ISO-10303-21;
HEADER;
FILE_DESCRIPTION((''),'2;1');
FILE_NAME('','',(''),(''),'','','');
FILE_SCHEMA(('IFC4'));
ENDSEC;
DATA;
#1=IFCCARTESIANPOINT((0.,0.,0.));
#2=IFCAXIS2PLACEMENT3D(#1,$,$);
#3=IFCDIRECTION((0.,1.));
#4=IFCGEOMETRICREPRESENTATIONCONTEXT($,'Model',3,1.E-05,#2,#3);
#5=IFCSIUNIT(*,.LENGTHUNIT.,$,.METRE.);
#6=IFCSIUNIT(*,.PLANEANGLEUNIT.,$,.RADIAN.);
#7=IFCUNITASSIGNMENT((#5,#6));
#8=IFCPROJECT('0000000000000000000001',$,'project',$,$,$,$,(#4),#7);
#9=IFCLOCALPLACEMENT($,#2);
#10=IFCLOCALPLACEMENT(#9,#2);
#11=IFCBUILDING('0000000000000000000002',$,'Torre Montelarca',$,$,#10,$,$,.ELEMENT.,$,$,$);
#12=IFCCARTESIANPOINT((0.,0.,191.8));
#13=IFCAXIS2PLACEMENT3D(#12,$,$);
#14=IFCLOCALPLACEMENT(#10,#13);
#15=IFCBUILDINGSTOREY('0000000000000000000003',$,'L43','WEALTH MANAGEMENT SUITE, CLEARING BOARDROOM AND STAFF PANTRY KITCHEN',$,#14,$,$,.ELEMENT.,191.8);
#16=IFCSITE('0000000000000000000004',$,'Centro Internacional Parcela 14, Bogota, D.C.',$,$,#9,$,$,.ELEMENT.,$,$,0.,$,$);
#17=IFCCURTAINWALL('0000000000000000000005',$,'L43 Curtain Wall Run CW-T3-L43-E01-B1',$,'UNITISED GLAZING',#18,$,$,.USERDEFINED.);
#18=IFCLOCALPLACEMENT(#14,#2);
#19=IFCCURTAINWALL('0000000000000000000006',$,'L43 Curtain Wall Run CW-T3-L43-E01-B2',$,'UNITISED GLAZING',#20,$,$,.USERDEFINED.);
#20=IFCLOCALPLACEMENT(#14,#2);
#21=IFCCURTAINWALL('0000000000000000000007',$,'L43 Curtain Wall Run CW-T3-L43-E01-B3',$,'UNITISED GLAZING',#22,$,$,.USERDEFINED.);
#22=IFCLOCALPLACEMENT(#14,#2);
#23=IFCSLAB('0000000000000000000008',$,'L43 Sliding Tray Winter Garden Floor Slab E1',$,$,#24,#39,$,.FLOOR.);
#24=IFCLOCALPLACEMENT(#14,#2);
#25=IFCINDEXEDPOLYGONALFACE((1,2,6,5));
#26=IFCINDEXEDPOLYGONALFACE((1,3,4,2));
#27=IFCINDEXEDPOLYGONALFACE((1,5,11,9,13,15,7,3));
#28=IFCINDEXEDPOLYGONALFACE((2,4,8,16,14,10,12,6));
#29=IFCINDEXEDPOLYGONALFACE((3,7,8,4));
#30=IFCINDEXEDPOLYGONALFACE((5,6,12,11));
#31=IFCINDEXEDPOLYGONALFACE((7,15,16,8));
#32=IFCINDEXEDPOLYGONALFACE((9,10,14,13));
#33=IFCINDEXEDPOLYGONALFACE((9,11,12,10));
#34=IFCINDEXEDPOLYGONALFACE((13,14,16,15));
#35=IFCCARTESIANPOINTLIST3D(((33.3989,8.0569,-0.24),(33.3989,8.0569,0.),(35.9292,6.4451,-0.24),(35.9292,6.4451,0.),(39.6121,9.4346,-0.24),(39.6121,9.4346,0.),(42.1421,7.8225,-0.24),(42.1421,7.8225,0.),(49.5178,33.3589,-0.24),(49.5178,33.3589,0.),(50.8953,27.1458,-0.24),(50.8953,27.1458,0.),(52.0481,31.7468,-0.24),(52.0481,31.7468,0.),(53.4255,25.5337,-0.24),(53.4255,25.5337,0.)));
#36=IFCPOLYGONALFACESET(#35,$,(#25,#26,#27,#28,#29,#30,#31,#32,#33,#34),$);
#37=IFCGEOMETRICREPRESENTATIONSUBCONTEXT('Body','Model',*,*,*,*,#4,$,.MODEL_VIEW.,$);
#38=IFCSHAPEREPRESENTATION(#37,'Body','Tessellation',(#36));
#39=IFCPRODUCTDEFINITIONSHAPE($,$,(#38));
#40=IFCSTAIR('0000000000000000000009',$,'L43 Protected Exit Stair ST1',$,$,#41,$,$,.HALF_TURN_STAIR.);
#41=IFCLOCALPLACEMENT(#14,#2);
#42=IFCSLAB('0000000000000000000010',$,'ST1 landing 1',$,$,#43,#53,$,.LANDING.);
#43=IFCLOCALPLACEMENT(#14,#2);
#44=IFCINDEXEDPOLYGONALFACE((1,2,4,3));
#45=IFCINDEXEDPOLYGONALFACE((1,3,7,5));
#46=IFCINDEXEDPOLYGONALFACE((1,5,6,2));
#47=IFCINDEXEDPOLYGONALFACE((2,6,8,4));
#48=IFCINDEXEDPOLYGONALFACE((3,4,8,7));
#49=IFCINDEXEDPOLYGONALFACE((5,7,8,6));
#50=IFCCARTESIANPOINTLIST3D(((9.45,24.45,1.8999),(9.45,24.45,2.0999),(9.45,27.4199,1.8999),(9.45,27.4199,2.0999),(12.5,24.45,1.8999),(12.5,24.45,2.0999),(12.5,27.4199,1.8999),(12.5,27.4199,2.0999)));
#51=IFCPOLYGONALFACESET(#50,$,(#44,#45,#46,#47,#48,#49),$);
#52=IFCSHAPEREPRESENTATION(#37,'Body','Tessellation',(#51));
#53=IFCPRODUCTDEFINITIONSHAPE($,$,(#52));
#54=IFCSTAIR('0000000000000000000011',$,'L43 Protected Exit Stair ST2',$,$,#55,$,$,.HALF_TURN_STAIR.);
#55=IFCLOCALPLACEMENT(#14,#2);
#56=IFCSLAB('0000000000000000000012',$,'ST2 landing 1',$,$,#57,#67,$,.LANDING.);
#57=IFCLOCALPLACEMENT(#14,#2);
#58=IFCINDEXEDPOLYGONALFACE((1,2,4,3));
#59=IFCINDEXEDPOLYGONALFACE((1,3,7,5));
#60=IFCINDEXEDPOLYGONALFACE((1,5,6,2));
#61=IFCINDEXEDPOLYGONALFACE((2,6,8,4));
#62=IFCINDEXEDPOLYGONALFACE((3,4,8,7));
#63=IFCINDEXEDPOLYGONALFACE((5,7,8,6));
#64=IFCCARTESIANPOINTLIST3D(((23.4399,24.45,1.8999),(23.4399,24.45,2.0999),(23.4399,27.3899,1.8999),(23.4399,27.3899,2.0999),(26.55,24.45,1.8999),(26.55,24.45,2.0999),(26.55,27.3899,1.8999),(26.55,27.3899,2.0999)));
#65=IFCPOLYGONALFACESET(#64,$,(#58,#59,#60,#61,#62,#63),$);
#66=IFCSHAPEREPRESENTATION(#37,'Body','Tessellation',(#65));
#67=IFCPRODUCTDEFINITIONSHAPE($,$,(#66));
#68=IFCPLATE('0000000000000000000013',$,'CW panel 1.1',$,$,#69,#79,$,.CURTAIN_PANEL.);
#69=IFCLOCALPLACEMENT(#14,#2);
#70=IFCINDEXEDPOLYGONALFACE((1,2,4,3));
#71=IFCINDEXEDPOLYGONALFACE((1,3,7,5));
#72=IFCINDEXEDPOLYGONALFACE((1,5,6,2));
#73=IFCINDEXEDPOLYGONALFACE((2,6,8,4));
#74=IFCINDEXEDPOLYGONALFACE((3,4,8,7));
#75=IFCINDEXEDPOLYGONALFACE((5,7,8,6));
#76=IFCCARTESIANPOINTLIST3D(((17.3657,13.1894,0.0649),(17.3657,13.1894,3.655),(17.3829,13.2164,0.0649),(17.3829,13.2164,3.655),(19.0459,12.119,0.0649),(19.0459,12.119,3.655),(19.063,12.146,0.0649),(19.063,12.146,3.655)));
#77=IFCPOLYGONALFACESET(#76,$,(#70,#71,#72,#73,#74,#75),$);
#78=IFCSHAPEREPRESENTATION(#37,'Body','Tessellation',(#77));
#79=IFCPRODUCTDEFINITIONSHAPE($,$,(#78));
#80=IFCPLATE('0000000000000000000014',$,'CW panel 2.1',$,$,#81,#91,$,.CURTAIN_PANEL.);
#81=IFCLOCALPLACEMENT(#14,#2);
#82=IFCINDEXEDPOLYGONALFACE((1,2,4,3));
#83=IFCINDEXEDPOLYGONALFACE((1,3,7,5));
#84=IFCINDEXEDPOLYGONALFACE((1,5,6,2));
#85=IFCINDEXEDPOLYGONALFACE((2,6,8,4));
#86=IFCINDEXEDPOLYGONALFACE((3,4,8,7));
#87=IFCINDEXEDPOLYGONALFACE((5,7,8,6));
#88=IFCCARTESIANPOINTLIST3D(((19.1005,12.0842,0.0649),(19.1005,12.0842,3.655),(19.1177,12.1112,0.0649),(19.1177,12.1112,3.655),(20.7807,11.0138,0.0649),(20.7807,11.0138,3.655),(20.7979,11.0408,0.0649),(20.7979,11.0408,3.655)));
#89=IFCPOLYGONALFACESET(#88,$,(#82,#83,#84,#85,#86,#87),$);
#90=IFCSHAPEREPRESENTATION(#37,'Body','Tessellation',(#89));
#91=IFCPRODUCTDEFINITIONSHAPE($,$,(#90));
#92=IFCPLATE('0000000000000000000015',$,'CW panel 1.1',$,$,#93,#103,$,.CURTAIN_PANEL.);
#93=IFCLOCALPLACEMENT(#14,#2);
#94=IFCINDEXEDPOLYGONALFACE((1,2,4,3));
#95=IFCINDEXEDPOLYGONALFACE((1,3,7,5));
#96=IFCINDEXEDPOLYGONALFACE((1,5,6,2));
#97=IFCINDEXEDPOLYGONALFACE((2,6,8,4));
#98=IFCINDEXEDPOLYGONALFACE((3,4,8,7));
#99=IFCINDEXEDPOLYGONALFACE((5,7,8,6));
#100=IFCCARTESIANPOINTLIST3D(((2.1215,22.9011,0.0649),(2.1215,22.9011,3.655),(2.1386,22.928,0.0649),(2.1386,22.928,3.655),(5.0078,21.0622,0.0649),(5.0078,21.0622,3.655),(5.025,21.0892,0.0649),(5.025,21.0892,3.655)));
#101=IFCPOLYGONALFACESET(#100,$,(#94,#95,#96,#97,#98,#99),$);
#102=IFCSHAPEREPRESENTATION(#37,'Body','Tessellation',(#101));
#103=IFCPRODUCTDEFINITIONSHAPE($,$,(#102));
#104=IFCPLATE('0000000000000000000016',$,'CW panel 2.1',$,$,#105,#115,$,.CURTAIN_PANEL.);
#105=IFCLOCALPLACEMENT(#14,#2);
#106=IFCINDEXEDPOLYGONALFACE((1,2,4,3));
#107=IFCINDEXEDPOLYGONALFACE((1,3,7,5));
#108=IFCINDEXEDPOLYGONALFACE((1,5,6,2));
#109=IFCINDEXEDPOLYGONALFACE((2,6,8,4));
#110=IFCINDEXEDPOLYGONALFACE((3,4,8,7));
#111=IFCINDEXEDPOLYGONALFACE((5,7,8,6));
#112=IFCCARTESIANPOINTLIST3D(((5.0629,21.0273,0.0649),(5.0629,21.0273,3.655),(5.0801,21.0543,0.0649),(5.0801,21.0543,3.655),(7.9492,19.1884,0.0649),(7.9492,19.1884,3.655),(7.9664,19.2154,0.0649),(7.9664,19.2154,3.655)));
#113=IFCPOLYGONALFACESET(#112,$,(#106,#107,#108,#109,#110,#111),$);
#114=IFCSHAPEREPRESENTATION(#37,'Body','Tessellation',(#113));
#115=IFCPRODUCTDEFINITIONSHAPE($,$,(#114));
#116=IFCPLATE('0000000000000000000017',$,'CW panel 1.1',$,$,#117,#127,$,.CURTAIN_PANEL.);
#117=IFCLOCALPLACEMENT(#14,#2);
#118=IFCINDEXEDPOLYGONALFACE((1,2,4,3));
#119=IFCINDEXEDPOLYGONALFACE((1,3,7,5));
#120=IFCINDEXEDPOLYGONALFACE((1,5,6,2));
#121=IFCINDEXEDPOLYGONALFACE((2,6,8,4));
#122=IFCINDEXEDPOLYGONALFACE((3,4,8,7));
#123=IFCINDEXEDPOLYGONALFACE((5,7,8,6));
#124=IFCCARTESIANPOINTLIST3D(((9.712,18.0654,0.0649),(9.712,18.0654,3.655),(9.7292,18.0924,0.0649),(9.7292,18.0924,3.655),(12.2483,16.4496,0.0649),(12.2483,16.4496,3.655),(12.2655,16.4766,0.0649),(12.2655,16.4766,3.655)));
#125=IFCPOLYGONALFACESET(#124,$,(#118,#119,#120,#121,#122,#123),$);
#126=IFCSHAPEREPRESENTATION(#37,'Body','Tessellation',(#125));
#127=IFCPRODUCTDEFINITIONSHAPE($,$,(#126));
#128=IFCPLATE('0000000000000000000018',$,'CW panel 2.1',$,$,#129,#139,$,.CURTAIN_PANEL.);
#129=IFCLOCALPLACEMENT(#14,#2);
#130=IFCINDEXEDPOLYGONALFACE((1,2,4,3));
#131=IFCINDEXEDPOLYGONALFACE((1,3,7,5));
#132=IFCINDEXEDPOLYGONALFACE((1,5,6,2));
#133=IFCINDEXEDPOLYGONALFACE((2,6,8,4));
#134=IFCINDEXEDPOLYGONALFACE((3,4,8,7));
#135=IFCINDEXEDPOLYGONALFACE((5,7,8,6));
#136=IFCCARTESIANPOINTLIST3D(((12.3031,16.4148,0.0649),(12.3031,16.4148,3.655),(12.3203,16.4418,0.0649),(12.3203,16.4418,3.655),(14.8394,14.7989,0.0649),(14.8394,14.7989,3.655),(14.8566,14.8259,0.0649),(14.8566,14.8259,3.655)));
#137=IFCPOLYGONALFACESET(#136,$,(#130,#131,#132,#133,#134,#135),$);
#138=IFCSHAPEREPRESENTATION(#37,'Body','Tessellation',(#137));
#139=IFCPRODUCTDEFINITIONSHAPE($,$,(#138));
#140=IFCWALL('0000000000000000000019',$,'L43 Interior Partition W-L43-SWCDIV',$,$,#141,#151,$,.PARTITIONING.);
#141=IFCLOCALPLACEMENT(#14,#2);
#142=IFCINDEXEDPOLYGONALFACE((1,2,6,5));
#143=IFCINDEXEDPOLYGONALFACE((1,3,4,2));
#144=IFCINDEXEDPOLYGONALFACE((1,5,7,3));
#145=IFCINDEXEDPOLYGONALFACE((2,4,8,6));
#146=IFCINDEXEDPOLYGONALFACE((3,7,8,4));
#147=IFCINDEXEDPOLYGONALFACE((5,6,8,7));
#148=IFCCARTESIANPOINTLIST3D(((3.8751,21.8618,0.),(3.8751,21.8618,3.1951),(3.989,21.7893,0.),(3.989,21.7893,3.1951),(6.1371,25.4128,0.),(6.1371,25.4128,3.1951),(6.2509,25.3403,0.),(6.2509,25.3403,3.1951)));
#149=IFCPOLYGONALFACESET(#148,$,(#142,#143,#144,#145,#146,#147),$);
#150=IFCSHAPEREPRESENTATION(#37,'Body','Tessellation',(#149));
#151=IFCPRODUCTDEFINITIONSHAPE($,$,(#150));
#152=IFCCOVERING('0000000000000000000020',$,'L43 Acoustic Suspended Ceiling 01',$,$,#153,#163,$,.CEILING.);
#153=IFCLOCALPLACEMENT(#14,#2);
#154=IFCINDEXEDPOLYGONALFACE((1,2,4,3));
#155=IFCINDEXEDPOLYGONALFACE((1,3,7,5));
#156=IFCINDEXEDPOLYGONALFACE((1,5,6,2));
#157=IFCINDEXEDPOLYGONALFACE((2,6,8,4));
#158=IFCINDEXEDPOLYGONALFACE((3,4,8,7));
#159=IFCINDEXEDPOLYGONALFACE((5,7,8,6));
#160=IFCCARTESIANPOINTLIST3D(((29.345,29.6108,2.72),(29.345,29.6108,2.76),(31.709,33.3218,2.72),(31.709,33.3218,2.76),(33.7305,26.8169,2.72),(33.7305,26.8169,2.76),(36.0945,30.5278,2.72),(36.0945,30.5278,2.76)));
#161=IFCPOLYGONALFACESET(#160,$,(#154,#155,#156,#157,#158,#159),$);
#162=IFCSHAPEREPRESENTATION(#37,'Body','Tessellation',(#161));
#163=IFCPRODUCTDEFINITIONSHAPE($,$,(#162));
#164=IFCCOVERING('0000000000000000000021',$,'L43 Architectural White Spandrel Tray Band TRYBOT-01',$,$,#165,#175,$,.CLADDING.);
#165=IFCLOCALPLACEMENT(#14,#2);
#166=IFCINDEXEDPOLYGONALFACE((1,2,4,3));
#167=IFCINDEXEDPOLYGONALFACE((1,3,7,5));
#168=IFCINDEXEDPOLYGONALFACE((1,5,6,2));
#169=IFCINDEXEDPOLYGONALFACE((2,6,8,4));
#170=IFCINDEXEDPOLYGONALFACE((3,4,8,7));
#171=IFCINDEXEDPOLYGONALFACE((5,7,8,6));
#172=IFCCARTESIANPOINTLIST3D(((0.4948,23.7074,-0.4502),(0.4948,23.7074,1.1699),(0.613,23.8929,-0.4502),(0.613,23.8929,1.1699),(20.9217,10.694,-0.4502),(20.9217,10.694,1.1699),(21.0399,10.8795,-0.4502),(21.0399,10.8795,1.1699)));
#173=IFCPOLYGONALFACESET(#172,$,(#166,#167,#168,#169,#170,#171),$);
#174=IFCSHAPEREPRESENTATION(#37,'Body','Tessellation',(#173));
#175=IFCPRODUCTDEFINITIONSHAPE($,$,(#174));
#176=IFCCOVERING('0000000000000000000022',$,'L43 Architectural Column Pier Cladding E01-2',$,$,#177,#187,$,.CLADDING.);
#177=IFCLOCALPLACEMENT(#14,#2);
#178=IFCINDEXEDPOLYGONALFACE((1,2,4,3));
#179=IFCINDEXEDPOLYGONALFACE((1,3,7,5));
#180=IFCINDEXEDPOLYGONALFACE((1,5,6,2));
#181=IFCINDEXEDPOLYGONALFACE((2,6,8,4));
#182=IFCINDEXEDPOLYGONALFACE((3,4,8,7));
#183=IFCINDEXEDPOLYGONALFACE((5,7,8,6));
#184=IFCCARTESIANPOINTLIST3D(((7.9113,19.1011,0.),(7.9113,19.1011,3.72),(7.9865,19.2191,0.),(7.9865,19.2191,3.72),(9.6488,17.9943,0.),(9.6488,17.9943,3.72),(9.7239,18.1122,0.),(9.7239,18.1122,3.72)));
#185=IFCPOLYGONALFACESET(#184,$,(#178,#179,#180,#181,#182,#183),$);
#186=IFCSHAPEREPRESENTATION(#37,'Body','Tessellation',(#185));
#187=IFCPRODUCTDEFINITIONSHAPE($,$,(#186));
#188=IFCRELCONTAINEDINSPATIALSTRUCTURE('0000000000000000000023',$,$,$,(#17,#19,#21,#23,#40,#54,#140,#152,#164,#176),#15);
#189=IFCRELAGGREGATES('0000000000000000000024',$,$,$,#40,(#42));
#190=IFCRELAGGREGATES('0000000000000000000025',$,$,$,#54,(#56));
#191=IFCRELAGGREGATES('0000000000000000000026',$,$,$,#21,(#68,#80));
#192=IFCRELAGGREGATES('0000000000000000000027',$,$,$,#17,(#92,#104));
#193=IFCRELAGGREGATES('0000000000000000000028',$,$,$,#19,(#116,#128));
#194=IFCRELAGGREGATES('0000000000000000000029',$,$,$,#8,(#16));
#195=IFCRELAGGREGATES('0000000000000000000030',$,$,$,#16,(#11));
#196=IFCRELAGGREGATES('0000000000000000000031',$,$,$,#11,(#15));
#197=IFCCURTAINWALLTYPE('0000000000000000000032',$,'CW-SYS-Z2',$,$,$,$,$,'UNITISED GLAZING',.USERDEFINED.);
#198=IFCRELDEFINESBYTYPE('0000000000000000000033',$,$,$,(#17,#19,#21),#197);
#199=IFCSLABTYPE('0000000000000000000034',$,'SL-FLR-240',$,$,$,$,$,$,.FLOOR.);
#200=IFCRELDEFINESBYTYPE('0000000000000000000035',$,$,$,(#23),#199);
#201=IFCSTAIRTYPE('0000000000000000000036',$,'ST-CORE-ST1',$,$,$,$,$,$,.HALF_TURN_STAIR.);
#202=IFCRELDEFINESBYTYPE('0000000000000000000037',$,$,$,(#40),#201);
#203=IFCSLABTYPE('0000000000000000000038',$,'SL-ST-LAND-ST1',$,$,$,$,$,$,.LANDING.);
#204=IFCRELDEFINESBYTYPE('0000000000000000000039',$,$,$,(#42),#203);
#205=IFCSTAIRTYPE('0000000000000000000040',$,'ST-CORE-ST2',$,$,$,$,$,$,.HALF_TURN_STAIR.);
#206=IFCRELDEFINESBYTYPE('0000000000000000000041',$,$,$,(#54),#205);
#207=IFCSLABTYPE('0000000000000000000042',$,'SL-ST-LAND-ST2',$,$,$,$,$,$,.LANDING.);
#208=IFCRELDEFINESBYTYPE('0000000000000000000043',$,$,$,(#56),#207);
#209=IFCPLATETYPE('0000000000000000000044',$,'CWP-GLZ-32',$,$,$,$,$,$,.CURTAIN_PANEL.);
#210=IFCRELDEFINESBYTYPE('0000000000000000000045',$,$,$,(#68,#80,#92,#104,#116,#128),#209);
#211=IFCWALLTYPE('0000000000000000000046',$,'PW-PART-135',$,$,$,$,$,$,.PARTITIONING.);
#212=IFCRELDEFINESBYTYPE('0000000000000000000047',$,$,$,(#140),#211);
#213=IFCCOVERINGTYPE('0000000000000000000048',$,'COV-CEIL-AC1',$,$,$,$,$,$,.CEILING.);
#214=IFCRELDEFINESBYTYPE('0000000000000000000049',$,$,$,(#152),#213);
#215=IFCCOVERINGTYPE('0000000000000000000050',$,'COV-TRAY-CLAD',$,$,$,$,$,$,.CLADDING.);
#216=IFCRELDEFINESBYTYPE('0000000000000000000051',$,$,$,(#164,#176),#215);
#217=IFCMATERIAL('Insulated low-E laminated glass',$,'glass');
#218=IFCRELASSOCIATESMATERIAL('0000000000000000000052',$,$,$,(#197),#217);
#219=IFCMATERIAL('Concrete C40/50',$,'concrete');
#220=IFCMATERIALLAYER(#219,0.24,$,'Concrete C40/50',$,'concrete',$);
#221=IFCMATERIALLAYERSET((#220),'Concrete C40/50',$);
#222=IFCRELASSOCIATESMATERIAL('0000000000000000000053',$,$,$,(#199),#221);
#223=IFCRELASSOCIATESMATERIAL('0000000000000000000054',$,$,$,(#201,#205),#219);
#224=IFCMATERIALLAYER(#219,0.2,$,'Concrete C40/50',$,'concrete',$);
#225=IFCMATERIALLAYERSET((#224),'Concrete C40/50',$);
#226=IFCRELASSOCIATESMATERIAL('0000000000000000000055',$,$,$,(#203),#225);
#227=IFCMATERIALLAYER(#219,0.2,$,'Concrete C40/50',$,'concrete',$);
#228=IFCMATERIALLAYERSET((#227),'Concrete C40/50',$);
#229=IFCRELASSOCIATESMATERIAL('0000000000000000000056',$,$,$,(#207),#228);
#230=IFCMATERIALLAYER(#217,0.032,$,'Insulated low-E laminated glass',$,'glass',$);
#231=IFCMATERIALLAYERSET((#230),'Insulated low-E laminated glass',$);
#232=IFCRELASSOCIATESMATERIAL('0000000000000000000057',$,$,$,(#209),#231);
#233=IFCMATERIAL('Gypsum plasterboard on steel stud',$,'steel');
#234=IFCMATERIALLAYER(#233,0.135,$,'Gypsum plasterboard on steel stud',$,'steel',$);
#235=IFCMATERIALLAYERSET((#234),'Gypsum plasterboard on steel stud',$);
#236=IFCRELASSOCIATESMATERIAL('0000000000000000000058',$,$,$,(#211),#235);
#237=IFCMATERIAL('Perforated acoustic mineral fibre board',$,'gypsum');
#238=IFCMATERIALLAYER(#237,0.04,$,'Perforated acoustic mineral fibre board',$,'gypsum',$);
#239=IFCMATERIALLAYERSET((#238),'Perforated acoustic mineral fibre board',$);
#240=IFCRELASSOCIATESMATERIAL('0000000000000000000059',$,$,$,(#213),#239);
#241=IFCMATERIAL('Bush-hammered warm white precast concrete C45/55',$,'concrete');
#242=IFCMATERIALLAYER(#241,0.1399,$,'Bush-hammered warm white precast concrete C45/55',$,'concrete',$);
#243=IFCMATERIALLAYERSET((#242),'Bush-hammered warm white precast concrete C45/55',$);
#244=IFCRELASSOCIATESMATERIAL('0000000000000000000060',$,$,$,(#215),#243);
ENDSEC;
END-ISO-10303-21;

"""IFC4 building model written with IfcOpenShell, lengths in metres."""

from ifc_helpers import new_model, si_unit, direction, frame, frame_2d, origin, origin_2d, place, context, subcontext, project, spatial, polyline, rectangle, outline, extrude, source, transform, mapped, material, layer, layer_set, type_object, element, aggregate, save


model = new_model("IFC4")

# Units and contexts
model_context = context("Model", 3, precision=1e-05, world=origin(), true_north=direction((0.0, 1.0)))
body_context = subcontext(model_context, "Body", "Model", "MODEL_VIEW")
ifc_project = project(units=[si_unit("LENGTHUNIT", "METRE"), si_unit("PLANEANGLEUNIT", "RADIAN")], contexts=[model_context])

# Site, building, storey
site_placement = place(None, origin())
site = spatial("IfcSite", under=ifc_project, at=site_placement, Name="Centro Internacional Parcela 14, Bogota, D.C.", CompositionType="ELEMENT", RefElevation=0.0)
building_placement = place(site_placement, origin())
building = spatial("IfcBuilding", under=site, at=building_placement, Name="Torre Montelarca", CompositionType="ELEMENT")
storey_placement = place(building_placement, frame((0.0, 0.0, 191.8)))
storey = spatial("IfcBuildingStorey", under=building, at=storey_placement, Name="L43", Description="WEALTH MANAGEMENT SUITE, CLEARING BOARDROOM AND STAFF PANTRY KITCHEN", CompositionType="ELEMENT", Elevation=191.8)

# Curtain walls
ifc_material_1 = material(Name="Insulated low-E laminated glass", Category="glass")
curtain_wall_type = type_object("IfcCurtainWallType", Name="CW-SYS-Z2", ElementType="UNITISED GLAZING", PredefinedType="USERDEFINED", material=ifc_material_1)
curtain_wall_1_placement = place(storey_placement, origin())
curtain_wall_1 = element("IfcCurtainWall", 1, at=curtain_wall_1_placement, inside=storey, type_object=curtain_wall_type, Name="L43 Curtain Wall Run CW-T3-L43-E01-B1", ObjectType="UNITISED GLAZING", PredefinedType="USERDEFINED")
curtain_wall_2_placement = place(storey_placement, origin())
curtain_wall_2 = element("IfcCurtainWall", 2, at=curtain_wall_2_placement, inside=storey, type_object=curtain_wall_type, Name="L43 Curtain Wall Run CW-T3-L43-E01-B2", ObjectType="UNITISED GLAZING", PredefinedType="USERDEFINED")
curtain_wall_3_placement = place(storey_placement, origin())
curtain_wall_3 = element("IfcCurtainWall", 3, at=curtain_wall_3_placement, inside=storey, type_object=curtain_wall_type, Name="L43 Curtain Wall Run CW-T3-L43-E01-B3", ObjectType="UNITISED GLAZING", PredefinedType="USERDEFINED")

# Slab
ifc_material_2 = material(Name="Concrete C40/50", Category="concrete")
ifc_layer_1 = layer(ifc_material_2, 0.24, Name="Concrete C40/50", Category="concrete")
ifc_layer_set_1 = layer_set([ifc_layer_1], Name="Concrete C40/50")
slab_type_1 = type_object("IfcSlabType", Name="SL-FLR-240", PredefinedType="FLOOR", material=ifc_layer_set_1)
slab_1_placement = place(storey_placement, frame((0.0, 0.0, -0.24)))
element("IfcSlab", 4, at=slab_1_placement, inside=storey, type_object=slab_type_1, Name="L43 Sliding Tray Winter Garden Floor Slab E1", PredefinedType="FLOOR", context=body_context, shape_type="SweptSolid", body=[
    extrude(outline(polyline([(49.5178, 33.3589), (50.8953, 27.1458), (39.6121, 9.4346), (33.3989, 8.0569), (35.9292, 6.4451), (42.1421, 7.8225), (53.4255, 25.5337), (52.0481, 31.7468), (49.5178, 33.3589)])), origin(), (0.0, 0.0, 1.0), 0.24),
])

# Stairs, slabs
stair_type_1 = type_object("IfcStairType", Name="ST-CORE-ST1", PredefinedType="HALF_TURN_STAIR", material=ifc_material_2)
stair_1_placement = place(storey_placement, origin())
stair_1 = element("IfcStair", 5, at=stair_1_placement, inside=storey, type_object=stair_type_1, Name="L43 Protected Exit Stair ST1", PredefinedType="HALF_TURN_STAIR")
ifc_layer_2 = layer(ifc_material_2, 0.2, Name="Concrete C40/50", Category="concrete")
ifc_layer_set_2 = layer_set([ifc_layer_2], Name="Concrete C40/50")
slab_type_2 = type_object("IfcSlabType", Name="SL-ST-LAND-ST1", PredefinedType="LANDING", material=ifc_layer_set_2)
slab_2_placement = place(storey_placement, frame((0.0, 0.0, 1.8999)))
slab_2 = element("IfcSlab", 6, at=slab_2_placement, type_object=slab_type_2, Name="ST1 landing 1", PredefinedType="LANDING", context=body_context, shape_type="SweptSolid", body=[
    extrude(outline(polyline([(9.45, 27.4199), (9.45, 24.45), (12.5, 24.45), (12.5, 27.4199), (9.45, 27.4199)])), origin(), (0.0, 0.0, 1.0), 0.2),
])
aggregate(stair_1, [slab_2])
stair_type_2 = type_object("IfcStairType", Name="ST-CORE-ST2", PredefinedType="HALF_TURN_STAIR", material=ifc_material_2)
stair_2_placement = place(storey_placement, origin())
stair_2 = element("IfcStair", 7, at=stair_2_placement, inside=storey, type_object=stair_type_2, Name="L43 Protected Exit Stair ST2", PredefinedType="HALF_TURN_STAIR")
ifc_layer_3 = layer(ifc_material_2, 0.2, Name="Concrete C40/50", Category="concrete")
ifc_layer_set_3 = layer_set([ifc_layer_3], Name="Concrete C40/50")
slab_type_3 = type_object("IfcSlabType", Name="SL-ST-LAND-ST2", PredefinedType="LANDING", material=ifc_layer_set_3)
slab_3_placement = place(storey_placement, frame((0.0, 0.0, 1.8999)))
slab_3 = element("IfcSlab", 8, at=slab_3_placement, type_object=slab_type_3, Name="ST2 landing 1", PredefinedType="LANDING", context=body_context, shape_type="SweptSolid", body=[
    extrude(outline(polyline([(23.4399, 27.3899), (23.4399, 24.45), (26.55, 24.45), (26.55, 27.3899), (23.4399, 27.3899)])), origin(), (0.0, 0.0, 1.0), 0.2),
])
aggregate(stair_2, [slab_3])

# Plates
ifc_layer_4 = layer(ifc_material_1, 0.032, Name="Insulated low-E laminated glass", Category="glass")
ifc_layer_set_4 = layer_set([ifc_layer_4], Name="Insulated low-E laminated glass")
plate_type = type_object("IfcPlateType", Name="CWP-GLZ-32", PredefinedType="CURTAIN_PANEL", material=ifc_layer_set_4)
shared_shape_1 = source(origin(), body_context, "Body", "SweptSolid", [
    extrude(rectangle(XDim=1.9922, YDim=0.032, at=origin_2d()), origin(), (0.0, 0.0, 1.0), 3.5901),
])
plate_1_placement = place(storey_placement, frame((18.2144, 12.6677, 0.0649), z_axis=(0.0, 0.0, 1.0), x_axis=(0.843389, -0.537303, 0.0)))
plate_1 = element("IfcPlate", 9, at=plate_1_placement, type_object=plate_type, Name="CW panel 1.1", PredefinedType="CURTAIN_PANEL", context=body_context, shape_type="MappedRepresentation", body=[
    mapped(shared_shape_1, transform((0.0, 0.0, 0.0), scale=1.0)),
])
plate_2_placement = place(storey_placement, frame((19.9492, 11.5625, 0.0649), z_axis=(0.0, 0.0, 1.0), x_axis=(0.843389, -0.537303, 0.0)))
plate_2 = element("IfcPlate", 10, at=plate_2_placement, type_object=plate_type, Name="CW panel 2.1", PredefinedType="CURTAIN_PANEL", context=body_context, shape_type="MappedRepresentation", body=[
    mapped(shared_shape_1, transform((0.0, 0.0, 0.0), scale=1.0)),
])
aggregate(curtain_wall_3, [plate_1, plate_2])
shared_shape_2 = source(origin(), body_context, "Body", "SweptSolid", [
    extrude(rectangle(XDim=3.4224, YDim=0.032, at=origin_2d()), origin(), (0.0, 0.0, 1.0), 3.5901),
])
plate_3_placement = place(storey_placement, frame((3.5732, 21.9951, 0.0649), z_axis=(0.0, 0.0, 1.0), x_axis=(0.843388, -0.537306, 0.0)))
plate_3 = element("IfcPlate", 11, at=plate_3_placement, type_object=plate_type, Name="CW panel 1.1", PredefinedType="CURTAIN_PANEL", context=body_context, shape_type="MappedRepresentation", body=[
    mapped(shared_shape_2, transform((0.0, 0.0, 0.0), scale=1.0)),
])
plate_4_placement = place(storey_placement, frame((6.5146, 20.1213, 0.0649), z_axis=(0.0, 0.0, 1.0), x_axis=(0.843388, -0.537306, 0.0)))
plate_4 = element("IfcPlate", 12, at=plate_4_placement, type_object=plate_type, Name="CW panel 2.1", PredefinedType="CURTAIN_PANEL", context=body_context, shape_type="MappedRepresentation", body=[
    mapped(shared_shape_2, transform((0.0, 0.0, 0.0), scale=1.0)),
])
aggregate(curtain_wall_1, [plate_3, plate_4])
shared_shape_3 = source(origin(), body_context, "Body", "SweptSolid", [
    extrude(rectangle(XDim=3.0073, YDim=0.032, at=origin_2d()), origin(), (0.0, 0.0, 1.0), 3.5901),
])
plate_5_placement = place(storey_placement, frame((10.9888, 17.271, 0.0649), z_axis=(0.0, 0.0, 1.0), x_axis=(0.843387, -0.537307, 0.0)))
plate_5 = element("IfcPlate", 13, at=plate_5_placement, type_object=plate_type, Name="CW panel 1.1", PredefinedType="CURTAIN_PANEL", context=body_context, shape_type="MappedRepresentation", body=[
    mapped(shared_shape_3, transform((0.0, 0.0, 0.0), scale=1.0)),
])
plate_6_placement = place(storey_placement, frame((13.5798, 15.6204, 0.0649), z_axis=(0.0, 0.0, 1.0), x_axis=(0.843387, -0.537307, 0.0)))
plate_6 = element("IfcPlate", 14, at=plate_6_placement, type_object=plate_type, Name="CW panel 2.1", PredefinedType="CURTAIN_PANEL", context=body_context, shape_type="MappedRepresentation", body=[
    mapped(shared_shape_3, transform((0.0, 0.0, 0.0), scale=1.0)),
])
aggregate(curtain_wall_2, [plate_5, plate_6])

# Wall
ifc_material_3 = material(Name="Gypsum plasterboard on steel stud", Category="steel")
ifc_layer_5 = layer(ifc_material_3, 0.135, Name="Gypsum plasterboard on steel stud", Category="steel")
ifc_layer_set_5 = layer_set([ifc_layer_5], Name="Gypsum plasterboard on steel stud")
wall_type = type_object("IfcWallType", Name="PW-PART-135", PredefinedType="PARTITIONING", material=ifc_layer_set_5)
wall_placement = place(storey_placement, frame((3.9321, 21.8257, 0.0), z_axis=(0.0, 0.0, 1.0), x_axis=(0.537251, 0.843423, 0.0)))
element("IfcWall", 15, at=wall_placement, inside=storey, type_object=wall_type, Name="L43 Interior Partition W-L43-SWCDIV", PredefinedType="PARTITIONING", context=body_context, shape_type="SweptSolid", body=[
    extrude(rectangle(XDim=4.2102, YDim=0.135, at=frame_2d((2.105, 0.0))), origin(), (0.0, 0.0, 1.0), 3.1951),
])

# Coverings
ifc_material_4 = material(Name="Perforated acoustic mineral fibre board", Category="gypsum")
ifc_layer_6 = layer(ifc_material_4, 0.04, Name="Perforated acoustic mineral fibre board", Category="gypsum")
ifc_layer_set_6 = layer_set([ifc_layer_6], Name="Perforated acoustic mineral fibre board")
covering_type_1 = type_object("IfcCoveringType", Name="COV-CEIL-AC1", PredefinedType="CEILING", material=ifc_layer_set_6)
covering_1_placement = place(storey_placement, frame((0.0, 0.0, 2.72)))
element("IfcCovering", 16, at=covering_1_placement, inside=storey, type_object=covering_type_1, Name="L43 Acoustic Suspended Ceiling 01", PredefinedType="CEILING", context=body_context, shape_type="SweptSolid", body=[
    extrude(outline(polyline([(29.345, 29.6108), (33.7305, 26.8169), (36.0945, 30.5278), (31.709, 33.3218), (29.345, 29.6108)])), origin(), (0.0, 0.0, 1.0), 0.04),
])
ifc_material_5 = material(Name="Bush-hammered warm white precast concrete C45/55", Category="concrete")
ifc_layer_7 = layer(ifc_material_5, 0.1399, Name="Bush-hammered warm white precast concrete C45/55", Category="concrete")
ifc_layer_set_7 = layer_set([ifc_layer_7], Name="Bush-hammered warm white precast concrete C45/55")
covering_type_2 = type_object("IfcCoveringType", Name="COV-TRAY-CLAD", PredefinedType="CLADDING", material=ifc_layer_set_7)
shared_shape_4 = source(origin(), body_context, "Body", "SweptSolid", [
    extrude(rectangle(XDim=24.22, YDim=0.22, at=origin_2d()), origin(), (0.0, 0.0, 1.0), 1.6201),
])
covering_2_placement = place(storey_placement, frame((10.7673, 17.2935, -0.4502), z_axis=(0.0, 0.0, 1.0), x_axis=(0.843391, -0.5373, 0.0)))
element("IfcCovering", 17, at=covering_2_placement, inside=storey, type_object=covering_type_2, Name="L43 Architectural White Spandrel Tray Band TRYBOT-01", PredefinedType="CLADDING", context=body_context, shape_type="MappedRepresentation", body=[
    mapped(shared_shape_4, transform((0.0, 0.0, 0.0), scale=1.0)),
])
shared_shape_5 = source(origin(), body_context, "Body", "SweptSolid", [
    extrude(rectangle(XDim=2.0601, YDim=0.1399, at=origin_2d()), origin(), (0.0, 0.0, 1.0), 3.72),
])
covering_3_placement = place(storey_placement, frame((8.8176, 18.6067, 0.0), z_axis=(0.0, 0.0, 1.0), x_axis=(0.84339, -0.537303, 0.0)))
element("IfcCovering", 18, at=covering_3_placement, inside=storey, type_object=covering_type_2, Name="L43 Architectural Column Pier Cladding E01-2", PredefinedType="CLADDING", context=body_context, shape_type="MappedRepresentation", body=[
    mapped(shared_shape_5, transform((0.0, 0.0, 0.0), scale=1.0)),
])

save(model, "model.ifc")
